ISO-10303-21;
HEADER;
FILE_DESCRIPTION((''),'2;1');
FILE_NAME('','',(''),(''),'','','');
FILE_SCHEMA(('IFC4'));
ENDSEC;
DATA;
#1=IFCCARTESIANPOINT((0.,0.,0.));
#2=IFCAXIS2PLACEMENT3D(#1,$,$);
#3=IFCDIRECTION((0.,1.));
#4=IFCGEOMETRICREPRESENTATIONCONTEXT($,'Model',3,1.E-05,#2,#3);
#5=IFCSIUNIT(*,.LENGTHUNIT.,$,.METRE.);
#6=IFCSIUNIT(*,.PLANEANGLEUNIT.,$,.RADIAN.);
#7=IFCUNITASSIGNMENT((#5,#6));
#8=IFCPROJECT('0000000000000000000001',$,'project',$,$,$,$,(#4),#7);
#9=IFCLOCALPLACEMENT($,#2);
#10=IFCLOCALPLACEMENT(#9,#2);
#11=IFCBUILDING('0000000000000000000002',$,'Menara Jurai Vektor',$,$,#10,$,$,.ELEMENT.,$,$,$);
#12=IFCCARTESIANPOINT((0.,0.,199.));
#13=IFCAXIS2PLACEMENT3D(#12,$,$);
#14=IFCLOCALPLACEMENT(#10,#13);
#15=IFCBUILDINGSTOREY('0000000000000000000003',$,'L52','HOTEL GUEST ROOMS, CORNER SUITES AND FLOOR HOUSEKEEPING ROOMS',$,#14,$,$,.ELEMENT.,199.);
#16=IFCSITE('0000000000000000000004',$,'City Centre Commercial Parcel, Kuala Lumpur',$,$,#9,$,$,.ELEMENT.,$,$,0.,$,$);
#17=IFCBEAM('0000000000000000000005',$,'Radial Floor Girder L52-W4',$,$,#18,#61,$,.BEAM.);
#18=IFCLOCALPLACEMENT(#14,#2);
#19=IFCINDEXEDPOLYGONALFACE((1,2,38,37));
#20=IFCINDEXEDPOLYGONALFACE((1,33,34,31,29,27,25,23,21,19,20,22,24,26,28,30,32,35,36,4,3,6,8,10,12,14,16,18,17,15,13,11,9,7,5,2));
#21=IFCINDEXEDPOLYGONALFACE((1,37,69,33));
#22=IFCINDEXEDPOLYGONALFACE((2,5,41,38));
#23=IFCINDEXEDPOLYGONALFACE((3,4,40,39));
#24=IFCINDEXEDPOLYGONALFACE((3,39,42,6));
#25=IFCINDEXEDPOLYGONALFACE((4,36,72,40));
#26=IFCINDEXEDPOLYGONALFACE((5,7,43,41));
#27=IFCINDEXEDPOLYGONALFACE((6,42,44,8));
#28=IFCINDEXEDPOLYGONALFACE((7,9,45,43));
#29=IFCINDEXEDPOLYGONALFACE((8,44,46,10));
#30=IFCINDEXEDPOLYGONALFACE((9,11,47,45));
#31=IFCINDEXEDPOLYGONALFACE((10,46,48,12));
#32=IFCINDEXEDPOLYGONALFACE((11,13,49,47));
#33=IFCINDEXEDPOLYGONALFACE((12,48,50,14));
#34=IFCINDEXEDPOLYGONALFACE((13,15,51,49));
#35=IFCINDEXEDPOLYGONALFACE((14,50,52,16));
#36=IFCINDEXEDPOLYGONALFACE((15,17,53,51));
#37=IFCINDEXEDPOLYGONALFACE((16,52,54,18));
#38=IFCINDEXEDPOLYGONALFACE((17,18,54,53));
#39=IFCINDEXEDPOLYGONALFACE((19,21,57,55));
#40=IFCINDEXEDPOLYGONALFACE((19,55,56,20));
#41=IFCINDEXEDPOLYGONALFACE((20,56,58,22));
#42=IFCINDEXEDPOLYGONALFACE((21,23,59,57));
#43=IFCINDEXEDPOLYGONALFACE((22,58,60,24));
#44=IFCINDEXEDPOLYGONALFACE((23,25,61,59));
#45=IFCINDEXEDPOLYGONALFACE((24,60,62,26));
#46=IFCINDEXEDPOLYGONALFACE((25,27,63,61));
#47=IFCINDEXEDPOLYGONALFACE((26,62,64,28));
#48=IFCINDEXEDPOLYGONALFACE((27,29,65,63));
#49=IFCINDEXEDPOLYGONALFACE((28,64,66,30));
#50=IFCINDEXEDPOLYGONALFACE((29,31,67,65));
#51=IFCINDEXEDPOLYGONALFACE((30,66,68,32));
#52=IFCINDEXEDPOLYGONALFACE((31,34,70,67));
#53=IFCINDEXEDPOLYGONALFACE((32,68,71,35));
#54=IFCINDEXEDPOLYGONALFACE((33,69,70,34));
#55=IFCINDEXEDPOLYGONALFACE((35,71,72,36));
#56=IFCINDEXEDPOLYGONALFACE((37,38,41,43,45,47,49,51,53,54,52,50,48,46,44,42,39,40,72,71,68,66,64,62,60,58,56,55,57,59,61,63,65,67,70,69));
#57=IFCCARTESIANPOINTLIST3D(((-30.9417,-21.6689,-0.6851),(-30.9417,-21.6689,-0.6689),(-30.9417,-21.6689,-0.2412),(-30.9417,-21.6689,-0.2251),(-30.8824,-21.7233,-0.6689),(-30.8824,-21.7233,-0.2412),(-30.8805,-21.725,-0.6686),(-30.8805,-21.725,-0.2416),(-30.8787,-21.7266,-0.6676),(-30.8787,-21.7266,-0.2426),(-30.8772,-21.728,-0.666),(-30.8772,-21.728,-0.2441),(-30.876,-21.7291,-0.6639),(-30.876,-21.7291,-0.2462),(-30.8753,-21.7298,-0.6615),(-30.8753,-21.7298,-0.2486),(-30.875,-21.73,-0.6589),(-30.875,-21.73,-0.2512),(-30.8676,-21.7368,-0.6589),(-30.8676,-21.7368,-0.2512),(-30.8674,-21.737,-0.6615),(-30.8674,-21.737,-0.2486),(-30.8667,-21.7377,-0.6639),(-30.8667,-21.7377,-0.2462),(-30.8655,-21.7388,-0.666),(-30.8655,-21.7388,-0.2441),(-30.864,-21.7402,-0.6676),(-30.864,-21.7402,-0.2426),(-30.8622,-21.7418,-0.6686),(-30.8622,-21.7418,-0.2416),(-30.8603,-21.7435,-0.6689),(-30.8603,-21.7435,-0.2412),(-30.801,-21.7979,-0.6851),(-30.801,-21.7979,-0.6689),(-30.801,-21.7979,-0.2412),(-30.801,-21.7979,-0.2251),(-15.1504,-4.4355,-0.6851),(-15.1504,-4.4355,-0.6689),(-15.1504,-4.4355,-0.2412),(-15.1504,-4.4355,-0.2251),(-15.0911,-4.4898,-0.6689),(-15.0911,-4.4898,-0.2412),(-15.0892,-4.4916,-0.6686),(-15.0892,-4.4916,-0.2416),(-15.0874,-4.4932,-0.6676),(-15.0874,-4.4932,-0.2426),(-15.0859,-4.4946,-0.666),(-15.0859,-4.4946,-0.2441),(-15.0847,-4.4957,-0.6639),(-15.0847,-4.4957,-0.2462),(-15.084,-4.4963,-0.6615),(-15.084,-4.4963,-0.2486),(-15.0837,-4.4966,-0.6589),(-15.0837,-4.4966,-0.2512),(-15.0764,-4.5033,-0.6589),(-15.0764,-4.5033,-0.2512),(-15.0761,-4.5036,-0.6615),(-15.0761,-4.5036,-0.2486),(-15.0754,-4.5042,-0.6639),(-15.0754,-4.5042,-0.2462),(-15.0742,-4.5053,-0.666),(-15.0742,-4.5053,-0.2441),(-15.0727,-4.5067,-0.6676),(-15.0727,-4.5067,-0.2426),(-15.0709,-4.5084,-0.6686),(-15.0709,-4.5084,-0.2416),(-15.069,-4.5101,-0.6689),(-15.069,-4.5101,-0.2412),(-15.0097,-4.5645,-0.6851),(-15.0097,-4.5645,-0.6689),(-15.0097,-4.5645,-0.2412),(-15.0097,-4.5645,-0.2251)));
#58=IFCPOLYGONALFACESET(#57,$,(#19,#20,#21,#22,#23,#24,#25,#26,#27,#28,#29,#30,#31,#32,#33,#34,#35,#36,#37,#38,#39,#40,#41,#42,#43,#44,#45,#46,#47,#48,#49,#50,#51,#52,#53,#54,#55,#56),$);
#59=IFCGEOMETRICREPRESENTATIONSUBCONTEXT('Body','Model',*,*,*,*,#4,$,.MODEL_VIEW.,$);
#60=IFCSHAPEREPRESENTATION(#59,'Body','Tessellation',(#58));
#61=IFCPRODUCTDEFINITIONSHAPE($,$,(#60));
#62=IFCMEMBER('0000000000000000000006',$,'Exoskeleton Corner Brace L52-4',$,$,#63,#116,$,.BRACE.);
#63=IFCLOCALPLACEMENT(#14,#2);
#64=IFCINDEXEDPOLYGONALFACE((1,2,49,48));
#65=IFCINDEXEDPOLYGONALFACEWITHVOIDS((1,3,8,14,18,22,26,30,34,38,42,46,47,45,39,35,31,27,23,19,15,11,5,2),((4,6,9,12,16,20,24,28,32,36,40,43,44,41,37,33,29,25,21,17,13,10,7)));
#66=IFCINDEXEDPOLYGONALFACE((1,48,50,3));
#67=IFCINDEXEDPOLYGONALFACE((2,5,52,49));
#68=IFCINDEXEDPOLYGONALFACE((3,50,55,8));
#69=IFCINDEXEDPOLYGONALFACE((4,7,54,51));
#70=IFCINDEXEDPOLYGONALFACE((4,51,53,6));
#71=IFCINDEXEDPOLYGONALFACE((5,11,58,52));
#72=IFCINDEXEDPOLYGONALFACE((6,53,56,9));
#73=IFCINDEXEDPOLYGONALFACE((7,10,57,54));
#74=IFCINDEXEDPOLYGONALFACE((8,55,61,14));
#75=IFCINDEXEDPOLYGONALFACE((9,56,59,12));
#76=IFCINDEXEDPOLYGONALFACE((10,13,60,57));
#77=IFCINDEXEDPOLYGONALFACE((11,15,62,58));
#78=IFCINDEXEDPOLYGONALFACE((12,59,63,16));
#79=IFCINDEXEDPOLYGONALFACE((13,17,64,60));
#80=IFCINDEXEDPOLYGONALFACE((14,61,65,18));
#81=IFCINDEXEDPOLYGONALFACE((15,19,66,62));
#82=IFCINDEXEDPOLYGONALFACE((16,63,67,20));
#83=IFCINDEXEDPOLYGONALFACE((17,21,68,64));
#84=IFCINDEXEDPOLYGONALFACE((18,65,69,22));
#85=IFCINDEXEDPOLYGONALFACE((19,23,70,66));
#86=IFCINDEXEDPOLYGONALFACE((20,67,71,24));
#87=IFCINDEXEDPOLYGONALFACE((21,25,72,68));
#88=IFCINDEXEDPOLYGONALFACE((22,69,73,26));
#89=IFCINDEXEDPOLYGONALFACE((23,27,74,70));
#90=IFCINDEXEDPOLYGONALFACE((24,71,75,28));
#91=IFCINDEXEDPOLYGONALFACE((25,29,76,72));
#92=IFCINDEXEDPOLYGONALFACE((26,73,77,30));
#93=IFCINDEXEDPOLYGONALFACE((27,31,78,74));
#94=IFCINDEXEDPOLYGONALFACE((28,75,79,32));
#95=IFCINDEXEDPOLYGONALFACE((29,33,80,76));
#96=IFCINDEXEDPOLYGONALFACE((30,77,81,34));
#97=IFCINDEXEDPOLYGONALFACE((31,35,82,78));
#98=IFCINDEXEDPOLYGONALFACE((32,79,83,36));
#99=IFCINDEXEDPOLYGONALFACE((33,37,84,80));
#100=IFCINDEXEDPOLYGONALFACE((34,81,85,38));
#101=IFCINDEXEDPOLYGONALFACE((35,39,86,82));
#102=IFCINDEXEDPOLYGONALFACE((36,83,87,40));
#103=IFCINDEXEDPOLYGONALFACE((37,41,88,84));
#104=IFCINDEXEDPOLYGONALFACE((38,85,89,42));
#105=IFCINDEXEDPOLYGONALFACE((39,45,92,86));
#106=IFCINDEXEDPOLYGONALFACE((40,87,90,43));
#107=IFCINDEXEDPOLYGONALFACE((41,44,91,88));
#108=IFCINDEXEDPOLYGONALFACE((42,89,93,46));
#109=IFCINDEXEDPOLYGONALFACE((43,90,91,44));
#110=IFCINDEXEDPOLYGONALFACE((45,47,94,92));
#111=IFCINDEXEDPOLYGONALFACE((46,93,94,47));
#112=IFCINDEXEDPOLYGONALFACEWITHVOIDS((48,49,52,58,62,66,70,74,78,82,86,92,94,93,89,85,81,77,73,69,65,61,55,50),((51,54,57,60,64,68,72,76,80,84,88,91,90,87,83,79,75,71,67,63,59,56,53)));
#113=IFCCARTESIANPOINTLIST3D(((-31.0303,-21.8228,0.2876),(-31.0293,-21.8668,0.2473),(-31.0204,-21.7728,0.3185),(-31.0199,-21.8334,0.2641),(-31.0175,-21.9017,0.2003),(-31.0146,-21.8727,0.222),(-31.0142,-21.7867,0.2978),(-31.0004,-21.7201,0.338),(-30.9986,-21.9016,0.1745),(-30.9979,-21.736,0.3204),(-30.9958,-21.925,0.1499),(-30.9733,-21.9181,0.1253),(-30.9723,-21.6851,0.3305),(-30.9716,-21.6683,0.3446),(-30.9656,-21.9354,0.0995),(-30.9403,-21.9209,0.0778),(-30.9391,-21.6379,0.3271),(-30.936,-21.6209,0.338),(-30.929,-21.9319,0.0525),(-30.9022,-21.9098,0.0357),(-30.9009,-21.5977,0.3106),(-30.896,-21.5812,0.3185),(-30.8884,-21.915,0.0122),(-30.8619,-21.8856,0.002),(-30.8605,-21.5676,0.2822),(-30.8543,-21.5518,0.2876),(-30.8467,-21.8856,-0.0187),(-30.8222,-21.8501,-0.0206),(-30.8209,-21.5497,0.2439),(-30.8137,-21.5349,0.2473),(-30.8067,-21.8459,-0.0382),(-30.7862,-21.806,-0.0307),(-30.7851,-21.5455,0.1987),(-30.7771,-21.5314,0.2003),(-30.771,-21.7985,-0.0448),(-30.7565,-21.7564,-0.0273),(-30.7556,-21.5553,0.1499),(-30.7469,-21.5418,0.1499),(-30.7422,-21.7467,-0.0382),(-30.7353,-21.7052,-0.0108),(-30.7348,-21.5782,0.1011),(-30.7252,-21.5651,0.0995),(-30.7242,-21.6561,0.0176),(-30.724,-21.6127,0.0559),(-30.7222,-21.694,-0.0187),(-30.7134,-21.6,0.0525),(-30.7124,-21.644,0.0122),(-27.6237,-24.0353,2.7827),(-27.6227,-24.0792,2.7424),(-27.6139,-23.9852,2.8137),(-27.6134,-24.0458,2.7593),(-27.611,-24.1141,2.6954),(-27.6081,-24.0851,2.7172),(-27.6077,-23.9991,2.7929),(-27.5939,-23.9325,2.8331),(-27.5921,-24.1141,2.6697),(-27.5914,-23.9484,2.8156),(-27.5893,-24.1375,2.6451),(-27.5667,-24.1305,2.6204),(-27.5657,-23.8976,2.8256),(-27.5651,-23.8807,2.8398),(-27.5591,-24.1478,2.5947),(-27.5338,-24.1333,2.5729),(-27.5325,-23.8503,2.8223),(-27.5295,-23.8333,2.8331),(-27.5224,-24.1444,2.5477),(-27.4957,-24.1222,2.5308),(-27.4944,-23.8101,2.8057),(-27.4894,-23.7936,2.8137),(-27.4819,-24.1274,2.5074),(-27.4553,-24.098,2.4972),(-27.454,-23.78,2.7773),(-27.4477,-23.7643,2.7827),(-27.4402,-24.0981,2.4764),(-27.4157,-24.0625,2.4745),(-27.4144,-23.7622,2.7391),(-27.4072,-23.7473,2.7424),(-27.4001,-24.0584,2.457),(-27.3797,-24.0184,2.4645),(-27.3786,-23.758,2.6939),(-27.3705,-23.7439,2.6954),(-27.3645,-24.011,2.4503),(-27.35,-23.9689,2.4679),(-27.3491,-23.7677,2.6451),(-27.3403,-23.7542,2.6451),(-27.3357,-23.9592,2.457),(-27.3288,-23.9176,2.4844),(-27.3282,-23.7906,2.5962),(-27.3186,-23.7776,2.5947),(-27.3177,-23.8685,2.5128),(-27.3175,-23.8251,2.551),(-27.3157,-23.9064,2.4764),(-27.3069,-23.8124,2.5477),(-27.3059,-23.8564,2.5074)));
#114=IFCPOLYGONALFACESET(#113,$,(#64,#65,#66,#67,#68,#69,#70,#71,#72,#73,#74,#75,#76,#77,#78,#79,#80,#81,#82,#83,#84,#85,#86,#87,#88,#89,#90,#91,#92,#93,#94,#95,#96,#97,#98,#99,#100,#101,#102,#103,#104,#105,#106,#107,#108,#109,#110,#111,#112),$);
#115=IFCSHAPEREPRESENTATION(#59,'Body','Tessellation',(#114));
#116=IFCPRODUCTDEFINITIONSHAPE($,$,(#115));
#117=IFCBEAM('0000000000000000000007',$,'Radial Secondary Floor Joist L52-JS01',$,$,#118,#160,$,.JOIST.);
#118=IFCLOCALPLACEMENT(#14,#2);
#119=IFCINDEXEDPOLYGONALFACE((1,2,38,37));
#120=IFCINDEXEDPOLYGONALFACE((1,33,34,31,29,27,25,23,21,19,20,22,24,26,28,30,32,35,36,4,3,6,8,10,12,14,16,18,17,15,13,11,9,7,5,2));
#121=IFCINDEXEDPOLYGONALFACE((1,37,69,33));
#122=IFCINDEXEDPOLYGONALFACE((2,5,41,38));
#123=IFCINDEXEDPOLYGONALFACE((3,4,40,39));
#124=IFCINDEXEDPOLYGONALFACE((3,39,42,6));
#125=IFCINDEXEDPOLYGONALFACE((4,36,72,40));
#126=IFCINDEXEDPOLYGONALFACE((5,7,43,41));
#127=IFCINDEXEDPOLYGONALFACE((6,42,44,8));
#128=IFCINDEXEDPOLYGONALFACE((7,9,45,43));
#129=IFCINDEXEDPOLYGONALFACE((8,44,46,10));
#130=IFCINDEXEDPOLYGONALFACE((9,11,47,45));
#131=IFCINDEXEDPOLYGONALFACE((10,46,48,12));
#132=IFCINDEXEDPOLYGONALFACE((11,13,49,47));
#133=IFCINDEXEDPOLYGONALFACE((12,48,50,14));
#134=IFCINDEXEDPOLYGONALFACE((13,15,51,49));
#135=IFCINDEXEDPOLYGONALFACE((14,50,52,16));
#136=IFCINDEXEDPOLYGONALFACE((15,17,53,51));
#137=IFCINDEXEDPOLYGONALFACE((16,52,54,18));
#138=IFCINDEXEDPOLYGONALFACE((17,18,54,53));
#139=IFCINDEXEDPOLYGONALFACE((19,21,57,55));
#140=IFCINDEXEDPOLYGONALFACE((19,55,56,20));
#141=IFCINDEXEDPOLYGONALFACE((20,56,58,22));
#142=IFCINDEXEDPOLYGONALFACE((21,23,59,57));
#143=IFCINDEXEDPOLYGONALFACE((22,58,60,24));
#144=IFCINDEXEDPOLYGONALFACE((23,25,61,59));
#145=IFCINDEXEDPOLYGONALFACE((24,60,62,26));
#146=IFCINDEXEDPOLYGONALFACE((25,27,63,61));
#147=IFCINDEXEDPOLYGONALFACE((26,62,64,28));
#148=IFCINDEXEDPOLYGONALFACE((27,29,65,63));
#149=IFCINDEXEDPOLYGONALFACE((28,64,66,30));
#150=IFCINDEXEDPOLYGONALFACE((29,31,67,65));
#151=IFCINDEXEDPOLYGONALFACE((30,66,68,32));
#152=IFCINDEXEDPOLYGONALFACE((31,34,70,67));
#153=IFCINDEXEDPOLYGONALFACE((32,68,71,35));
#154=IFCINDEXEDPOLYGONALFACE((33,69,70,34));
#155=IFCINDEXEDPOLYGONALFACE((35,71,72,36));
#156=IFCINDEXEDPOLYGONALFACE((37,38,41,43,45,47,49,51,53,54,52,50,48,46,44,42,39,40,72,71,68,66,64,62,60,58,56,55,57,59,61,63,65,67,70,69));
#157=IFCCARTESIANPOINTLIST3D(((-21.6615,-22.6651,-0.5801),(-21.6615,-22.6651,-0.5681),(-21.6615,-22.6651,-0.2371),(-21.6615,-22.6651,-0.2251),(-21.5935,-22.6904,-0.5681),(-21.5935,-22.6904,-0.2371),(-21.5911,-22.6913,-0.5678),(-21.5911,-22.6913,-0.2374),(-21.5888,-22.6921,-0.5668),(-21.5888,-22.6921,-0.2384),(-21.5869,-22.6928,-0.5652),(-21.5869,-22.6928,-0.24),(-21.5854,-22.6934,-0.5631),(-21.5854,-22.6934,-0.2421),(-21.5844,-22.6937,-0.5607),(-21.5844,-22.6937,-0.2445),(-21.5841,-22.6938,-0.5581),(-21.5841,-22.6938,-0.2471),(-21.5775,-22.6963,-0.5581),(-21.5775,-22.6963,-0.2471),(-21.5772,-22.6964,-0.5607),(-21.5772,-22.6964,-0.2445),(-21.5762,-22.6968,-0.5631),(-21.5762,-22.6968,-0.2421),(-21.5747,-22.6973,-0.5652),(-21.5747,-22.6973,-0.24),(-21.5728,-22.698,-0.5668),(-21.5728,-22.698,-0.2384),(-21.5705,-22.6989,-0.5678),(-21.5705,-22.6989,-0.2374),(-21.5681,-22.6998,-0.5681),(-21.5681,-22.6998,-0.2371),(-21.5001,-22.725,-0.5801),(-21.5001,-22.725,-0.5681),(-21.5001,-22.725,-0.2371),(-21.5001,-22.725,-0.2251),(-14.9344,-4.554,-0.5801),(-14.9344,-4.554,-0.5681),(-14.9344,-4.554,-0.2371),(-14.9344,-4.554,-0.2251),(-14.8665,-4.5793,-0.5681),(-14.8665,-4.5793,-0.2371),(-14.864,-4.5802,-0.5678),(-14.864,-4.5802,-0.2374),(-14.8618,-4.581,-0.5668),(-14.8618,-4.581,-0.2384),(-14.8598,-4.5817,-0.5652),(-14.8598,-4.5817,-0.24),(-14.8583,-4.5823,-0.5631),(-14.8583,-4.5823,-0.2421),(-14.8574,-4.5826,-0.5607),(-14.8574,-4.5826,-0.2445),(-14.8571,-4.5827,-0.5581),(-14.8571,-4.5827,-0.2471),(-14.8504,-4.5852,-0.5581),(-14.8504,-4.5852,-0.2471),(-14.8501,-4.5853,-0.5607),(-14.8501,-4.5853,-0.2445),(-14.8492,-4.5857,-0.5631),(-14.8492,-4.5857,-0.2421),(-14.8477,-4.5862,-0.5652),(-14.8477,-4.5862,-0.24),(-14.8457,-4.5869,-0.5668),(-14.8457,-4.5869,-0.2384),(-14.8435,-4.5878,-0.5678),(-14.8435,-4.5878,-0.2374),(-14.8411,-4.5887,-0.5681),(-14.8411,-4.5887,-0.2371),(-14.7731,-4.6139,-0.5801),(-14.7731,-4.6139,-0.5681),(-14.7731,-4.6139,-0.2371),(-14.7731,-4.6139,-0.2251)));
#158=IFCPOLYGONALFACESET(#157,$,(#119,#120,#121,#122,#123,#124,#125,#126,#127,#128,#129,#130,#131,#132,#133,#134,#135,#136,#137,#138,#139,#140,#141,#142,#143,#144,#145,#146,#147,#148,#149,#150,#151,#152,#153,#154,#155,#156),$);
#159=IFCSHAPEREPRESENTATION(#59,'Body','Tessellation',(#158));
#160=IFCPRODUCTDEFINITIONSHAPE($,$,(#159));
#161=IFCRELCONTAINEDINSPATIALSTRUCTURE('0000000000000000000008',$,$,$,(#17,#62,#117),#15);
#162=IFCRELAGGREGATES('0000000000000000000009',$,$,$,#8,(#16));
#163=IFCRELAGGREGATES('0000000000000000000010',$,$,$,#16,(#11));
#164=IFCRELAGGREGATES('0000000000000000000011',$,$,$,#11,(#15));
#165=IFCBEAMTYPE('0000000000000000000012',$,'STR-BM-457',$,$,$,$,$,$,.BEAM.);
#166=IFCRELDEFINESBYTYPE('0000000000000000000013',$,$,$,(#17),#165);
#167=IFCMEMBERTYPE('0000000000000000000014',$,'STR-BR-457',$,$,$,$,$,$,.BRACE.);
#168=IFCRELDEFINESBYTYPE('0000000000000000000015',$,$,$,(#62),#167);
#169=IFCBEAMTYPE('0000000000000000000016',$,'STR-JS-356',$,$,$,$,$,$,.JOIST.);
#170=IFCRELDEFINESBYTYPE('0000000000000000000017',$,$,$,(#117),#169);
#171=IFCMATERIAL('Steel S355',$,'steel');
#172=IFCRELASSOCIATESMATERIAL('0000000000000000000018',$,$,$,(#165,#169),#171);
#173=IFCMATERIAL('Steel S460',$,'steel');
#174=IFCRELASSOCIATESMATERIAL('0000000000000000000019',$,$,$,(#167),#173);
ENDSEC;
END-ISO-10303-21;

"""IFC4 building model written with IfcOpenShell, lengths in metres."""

from ifc_helpers import new_model, si_unit, direction, frame, origin, origin_2d, place, context, subcontext, project, spatial, hollow_circle, i_section, extrude, material, material_profile, profile_set, type_object, element, save


model = new_model("IFC4")

# Units and contexts
model_context = context("Model", 3, precision=1e-05, world=origin(), true_north=direction((0.0, 1.0)))
body_context = subcontext(model_context, "Body", "Model", "MODEL_VIEW")
ifc_project = project(units=[si_unit("LENGTHUNIT", "METRE"), si_unit("PLANEANGLEUNIT", "RADIAN")], contexts=[model_context])

# Site, building, storey
site_placement = place(None, origin())
site = spatial("IfcSite", under=ifc_project, at=site_placement, Name="City Centre Commercial Parcel, Kuala Lumpur", CompositionType="ELEMENT", RefElevation=0.0)
building_placement = place(site_placement, origin())
building = spatial("IfcBuilding", under=site, at=building_placement, Name="Menara Jurai Vektor", CompositionType="ELEMENT")
storey_placement = place(building_placement, frame((0.0, 0.0, 199.0)))
storey = spatial("IfcBuildingStorey", under=building, at=storey_placement, Name="L52", Description="HOTEL GUEST ROOMS, CORNER SUITES AND FLOOR HOUSEKEEPING ROOMS", CompositionType="ELEMENT", Elevation=199.0)

# Shared definitions
ifc_material_1 = material(Name="Steel S460", Category="steel")

# Beam
ifc_material_2 = material(Name="Steel S355", Category="steel")
ifc_material_profile_1 = material_profile(ifc_material_2, i_section(OverallWidth=0.1909, OverallDepth=0.46, WebThickness=0.01, FlangeThickness=0.0161, FilletRadius=0.01, at=origin_2d()), Name="UKB 457x191x82")
ifc_profile_set_1 = profile_set([ifc_material_profile_1], Name="Steel S355")
beam_type_1 = type_object("IfcBeamType", Name="STR-BM-457", PredefinedType="BEAM", material=ifc_profile_set_1)
beam_1_placement = place(storey_placement, frame((-30.8713, -21.7334, -0.4551), z_axis=(0.675585, 0.737282, 0.0), x_axis=(-0.737282, 0.675585, 0.0)))
element("IfcBeam", 1, at=beam_1_placement, inside=storey, type_object=beam_type_1, Name="Radial Floor Girder L52-W4", PredefinedType="BEAM", context=body_context, shape_type="SweptSolid", body=[
    extrude(i_section(OverallWidth=0.1909, OverallDepth=0.46, WebThickness=0.01, FlangeThickness=0.0161, FilletRadius=0.01, at=origin_2d()), origin(), (0.0, 0.0, 1.0), 23.3743),
])

# Member
ifc_material_profile_2 = material_profile(ifc_material_1, hollow_circle(Radius=0.2285, WallThickness=0.0161, at=origin_2d()), Name="CHS 457x16")
ifc_profile_set_2 = profile_set([ifc_material_profile_2], Name="Steel S460")
member_type_1 = type_object("IfcMemberType", Name="STR-BR-457", PredefinedType="BRACE", material=ifc_profile_set_2)
member_1_placement = place(storey_placement, frame((-30.8713, -21.7334, 0.1499), z_axis=(0.714595, -0.464105, 0.523412), x_axis=(0.544674, 0.838648, 0.0)))
element("IfcMember", 2, at=member_1_placement, inside=storey, type_object=member_type_1, Name="Exoskeleton Corner Brace L52-4", PredefinedType="BRACE", context=body_context, shape_type="SweptSolid", body=[
    extrude(hollow_circle(Radius=0.2285, WallThickness=0.0161, at=origin_2d()), origin(), (0.0, 0.0, 1.0), 4.7671),
])

# Beam
ifc_material_profile_3 = material_profile(ifc_material_2, i_section(OverallWidth=0.1721, OverallDepth=0.355, WebThickness=0.0071, FlangeThickness=0.012, FilletRadius=0.01, at=origin_2d()), Name="UKB 356x171x51")
ifc_profile_set_3 = profile_set([ifc_material_profile_3], Name="Steel S355")
beam_type_2 = type_object("IfcBeamType", Name="STR-JS-356", PredefinedType="JOIST", material=ifc_profile_set_3)
beam_2_placement = place(storey_placement, frame((-21.5808, -22.6951, -0.4026), z_axis=(0.34819, 0.937424, 0.0), x_axis=(-0.937424, 0.34819, 0.0)))
element("IfcBeam", 3, at=beam_2_placement, inside=storey, type_object=beam_type_2, Name="Radial Secondary Floor Joist L52-JS01", PredefinedType="JOIST", context=body_context, shape_type="SweptSolid", body=[
    extrude(i_section(OverallWidth=0.1721, OverallDepth=0.355, WebThickness=0.0071, FlangeThickness=0.012, FilletRadius=0.01, at=origin_2d()), origin(), (0.0, 0.0, 1.0), 19.3201),
])

save(model, "model.ifc")
